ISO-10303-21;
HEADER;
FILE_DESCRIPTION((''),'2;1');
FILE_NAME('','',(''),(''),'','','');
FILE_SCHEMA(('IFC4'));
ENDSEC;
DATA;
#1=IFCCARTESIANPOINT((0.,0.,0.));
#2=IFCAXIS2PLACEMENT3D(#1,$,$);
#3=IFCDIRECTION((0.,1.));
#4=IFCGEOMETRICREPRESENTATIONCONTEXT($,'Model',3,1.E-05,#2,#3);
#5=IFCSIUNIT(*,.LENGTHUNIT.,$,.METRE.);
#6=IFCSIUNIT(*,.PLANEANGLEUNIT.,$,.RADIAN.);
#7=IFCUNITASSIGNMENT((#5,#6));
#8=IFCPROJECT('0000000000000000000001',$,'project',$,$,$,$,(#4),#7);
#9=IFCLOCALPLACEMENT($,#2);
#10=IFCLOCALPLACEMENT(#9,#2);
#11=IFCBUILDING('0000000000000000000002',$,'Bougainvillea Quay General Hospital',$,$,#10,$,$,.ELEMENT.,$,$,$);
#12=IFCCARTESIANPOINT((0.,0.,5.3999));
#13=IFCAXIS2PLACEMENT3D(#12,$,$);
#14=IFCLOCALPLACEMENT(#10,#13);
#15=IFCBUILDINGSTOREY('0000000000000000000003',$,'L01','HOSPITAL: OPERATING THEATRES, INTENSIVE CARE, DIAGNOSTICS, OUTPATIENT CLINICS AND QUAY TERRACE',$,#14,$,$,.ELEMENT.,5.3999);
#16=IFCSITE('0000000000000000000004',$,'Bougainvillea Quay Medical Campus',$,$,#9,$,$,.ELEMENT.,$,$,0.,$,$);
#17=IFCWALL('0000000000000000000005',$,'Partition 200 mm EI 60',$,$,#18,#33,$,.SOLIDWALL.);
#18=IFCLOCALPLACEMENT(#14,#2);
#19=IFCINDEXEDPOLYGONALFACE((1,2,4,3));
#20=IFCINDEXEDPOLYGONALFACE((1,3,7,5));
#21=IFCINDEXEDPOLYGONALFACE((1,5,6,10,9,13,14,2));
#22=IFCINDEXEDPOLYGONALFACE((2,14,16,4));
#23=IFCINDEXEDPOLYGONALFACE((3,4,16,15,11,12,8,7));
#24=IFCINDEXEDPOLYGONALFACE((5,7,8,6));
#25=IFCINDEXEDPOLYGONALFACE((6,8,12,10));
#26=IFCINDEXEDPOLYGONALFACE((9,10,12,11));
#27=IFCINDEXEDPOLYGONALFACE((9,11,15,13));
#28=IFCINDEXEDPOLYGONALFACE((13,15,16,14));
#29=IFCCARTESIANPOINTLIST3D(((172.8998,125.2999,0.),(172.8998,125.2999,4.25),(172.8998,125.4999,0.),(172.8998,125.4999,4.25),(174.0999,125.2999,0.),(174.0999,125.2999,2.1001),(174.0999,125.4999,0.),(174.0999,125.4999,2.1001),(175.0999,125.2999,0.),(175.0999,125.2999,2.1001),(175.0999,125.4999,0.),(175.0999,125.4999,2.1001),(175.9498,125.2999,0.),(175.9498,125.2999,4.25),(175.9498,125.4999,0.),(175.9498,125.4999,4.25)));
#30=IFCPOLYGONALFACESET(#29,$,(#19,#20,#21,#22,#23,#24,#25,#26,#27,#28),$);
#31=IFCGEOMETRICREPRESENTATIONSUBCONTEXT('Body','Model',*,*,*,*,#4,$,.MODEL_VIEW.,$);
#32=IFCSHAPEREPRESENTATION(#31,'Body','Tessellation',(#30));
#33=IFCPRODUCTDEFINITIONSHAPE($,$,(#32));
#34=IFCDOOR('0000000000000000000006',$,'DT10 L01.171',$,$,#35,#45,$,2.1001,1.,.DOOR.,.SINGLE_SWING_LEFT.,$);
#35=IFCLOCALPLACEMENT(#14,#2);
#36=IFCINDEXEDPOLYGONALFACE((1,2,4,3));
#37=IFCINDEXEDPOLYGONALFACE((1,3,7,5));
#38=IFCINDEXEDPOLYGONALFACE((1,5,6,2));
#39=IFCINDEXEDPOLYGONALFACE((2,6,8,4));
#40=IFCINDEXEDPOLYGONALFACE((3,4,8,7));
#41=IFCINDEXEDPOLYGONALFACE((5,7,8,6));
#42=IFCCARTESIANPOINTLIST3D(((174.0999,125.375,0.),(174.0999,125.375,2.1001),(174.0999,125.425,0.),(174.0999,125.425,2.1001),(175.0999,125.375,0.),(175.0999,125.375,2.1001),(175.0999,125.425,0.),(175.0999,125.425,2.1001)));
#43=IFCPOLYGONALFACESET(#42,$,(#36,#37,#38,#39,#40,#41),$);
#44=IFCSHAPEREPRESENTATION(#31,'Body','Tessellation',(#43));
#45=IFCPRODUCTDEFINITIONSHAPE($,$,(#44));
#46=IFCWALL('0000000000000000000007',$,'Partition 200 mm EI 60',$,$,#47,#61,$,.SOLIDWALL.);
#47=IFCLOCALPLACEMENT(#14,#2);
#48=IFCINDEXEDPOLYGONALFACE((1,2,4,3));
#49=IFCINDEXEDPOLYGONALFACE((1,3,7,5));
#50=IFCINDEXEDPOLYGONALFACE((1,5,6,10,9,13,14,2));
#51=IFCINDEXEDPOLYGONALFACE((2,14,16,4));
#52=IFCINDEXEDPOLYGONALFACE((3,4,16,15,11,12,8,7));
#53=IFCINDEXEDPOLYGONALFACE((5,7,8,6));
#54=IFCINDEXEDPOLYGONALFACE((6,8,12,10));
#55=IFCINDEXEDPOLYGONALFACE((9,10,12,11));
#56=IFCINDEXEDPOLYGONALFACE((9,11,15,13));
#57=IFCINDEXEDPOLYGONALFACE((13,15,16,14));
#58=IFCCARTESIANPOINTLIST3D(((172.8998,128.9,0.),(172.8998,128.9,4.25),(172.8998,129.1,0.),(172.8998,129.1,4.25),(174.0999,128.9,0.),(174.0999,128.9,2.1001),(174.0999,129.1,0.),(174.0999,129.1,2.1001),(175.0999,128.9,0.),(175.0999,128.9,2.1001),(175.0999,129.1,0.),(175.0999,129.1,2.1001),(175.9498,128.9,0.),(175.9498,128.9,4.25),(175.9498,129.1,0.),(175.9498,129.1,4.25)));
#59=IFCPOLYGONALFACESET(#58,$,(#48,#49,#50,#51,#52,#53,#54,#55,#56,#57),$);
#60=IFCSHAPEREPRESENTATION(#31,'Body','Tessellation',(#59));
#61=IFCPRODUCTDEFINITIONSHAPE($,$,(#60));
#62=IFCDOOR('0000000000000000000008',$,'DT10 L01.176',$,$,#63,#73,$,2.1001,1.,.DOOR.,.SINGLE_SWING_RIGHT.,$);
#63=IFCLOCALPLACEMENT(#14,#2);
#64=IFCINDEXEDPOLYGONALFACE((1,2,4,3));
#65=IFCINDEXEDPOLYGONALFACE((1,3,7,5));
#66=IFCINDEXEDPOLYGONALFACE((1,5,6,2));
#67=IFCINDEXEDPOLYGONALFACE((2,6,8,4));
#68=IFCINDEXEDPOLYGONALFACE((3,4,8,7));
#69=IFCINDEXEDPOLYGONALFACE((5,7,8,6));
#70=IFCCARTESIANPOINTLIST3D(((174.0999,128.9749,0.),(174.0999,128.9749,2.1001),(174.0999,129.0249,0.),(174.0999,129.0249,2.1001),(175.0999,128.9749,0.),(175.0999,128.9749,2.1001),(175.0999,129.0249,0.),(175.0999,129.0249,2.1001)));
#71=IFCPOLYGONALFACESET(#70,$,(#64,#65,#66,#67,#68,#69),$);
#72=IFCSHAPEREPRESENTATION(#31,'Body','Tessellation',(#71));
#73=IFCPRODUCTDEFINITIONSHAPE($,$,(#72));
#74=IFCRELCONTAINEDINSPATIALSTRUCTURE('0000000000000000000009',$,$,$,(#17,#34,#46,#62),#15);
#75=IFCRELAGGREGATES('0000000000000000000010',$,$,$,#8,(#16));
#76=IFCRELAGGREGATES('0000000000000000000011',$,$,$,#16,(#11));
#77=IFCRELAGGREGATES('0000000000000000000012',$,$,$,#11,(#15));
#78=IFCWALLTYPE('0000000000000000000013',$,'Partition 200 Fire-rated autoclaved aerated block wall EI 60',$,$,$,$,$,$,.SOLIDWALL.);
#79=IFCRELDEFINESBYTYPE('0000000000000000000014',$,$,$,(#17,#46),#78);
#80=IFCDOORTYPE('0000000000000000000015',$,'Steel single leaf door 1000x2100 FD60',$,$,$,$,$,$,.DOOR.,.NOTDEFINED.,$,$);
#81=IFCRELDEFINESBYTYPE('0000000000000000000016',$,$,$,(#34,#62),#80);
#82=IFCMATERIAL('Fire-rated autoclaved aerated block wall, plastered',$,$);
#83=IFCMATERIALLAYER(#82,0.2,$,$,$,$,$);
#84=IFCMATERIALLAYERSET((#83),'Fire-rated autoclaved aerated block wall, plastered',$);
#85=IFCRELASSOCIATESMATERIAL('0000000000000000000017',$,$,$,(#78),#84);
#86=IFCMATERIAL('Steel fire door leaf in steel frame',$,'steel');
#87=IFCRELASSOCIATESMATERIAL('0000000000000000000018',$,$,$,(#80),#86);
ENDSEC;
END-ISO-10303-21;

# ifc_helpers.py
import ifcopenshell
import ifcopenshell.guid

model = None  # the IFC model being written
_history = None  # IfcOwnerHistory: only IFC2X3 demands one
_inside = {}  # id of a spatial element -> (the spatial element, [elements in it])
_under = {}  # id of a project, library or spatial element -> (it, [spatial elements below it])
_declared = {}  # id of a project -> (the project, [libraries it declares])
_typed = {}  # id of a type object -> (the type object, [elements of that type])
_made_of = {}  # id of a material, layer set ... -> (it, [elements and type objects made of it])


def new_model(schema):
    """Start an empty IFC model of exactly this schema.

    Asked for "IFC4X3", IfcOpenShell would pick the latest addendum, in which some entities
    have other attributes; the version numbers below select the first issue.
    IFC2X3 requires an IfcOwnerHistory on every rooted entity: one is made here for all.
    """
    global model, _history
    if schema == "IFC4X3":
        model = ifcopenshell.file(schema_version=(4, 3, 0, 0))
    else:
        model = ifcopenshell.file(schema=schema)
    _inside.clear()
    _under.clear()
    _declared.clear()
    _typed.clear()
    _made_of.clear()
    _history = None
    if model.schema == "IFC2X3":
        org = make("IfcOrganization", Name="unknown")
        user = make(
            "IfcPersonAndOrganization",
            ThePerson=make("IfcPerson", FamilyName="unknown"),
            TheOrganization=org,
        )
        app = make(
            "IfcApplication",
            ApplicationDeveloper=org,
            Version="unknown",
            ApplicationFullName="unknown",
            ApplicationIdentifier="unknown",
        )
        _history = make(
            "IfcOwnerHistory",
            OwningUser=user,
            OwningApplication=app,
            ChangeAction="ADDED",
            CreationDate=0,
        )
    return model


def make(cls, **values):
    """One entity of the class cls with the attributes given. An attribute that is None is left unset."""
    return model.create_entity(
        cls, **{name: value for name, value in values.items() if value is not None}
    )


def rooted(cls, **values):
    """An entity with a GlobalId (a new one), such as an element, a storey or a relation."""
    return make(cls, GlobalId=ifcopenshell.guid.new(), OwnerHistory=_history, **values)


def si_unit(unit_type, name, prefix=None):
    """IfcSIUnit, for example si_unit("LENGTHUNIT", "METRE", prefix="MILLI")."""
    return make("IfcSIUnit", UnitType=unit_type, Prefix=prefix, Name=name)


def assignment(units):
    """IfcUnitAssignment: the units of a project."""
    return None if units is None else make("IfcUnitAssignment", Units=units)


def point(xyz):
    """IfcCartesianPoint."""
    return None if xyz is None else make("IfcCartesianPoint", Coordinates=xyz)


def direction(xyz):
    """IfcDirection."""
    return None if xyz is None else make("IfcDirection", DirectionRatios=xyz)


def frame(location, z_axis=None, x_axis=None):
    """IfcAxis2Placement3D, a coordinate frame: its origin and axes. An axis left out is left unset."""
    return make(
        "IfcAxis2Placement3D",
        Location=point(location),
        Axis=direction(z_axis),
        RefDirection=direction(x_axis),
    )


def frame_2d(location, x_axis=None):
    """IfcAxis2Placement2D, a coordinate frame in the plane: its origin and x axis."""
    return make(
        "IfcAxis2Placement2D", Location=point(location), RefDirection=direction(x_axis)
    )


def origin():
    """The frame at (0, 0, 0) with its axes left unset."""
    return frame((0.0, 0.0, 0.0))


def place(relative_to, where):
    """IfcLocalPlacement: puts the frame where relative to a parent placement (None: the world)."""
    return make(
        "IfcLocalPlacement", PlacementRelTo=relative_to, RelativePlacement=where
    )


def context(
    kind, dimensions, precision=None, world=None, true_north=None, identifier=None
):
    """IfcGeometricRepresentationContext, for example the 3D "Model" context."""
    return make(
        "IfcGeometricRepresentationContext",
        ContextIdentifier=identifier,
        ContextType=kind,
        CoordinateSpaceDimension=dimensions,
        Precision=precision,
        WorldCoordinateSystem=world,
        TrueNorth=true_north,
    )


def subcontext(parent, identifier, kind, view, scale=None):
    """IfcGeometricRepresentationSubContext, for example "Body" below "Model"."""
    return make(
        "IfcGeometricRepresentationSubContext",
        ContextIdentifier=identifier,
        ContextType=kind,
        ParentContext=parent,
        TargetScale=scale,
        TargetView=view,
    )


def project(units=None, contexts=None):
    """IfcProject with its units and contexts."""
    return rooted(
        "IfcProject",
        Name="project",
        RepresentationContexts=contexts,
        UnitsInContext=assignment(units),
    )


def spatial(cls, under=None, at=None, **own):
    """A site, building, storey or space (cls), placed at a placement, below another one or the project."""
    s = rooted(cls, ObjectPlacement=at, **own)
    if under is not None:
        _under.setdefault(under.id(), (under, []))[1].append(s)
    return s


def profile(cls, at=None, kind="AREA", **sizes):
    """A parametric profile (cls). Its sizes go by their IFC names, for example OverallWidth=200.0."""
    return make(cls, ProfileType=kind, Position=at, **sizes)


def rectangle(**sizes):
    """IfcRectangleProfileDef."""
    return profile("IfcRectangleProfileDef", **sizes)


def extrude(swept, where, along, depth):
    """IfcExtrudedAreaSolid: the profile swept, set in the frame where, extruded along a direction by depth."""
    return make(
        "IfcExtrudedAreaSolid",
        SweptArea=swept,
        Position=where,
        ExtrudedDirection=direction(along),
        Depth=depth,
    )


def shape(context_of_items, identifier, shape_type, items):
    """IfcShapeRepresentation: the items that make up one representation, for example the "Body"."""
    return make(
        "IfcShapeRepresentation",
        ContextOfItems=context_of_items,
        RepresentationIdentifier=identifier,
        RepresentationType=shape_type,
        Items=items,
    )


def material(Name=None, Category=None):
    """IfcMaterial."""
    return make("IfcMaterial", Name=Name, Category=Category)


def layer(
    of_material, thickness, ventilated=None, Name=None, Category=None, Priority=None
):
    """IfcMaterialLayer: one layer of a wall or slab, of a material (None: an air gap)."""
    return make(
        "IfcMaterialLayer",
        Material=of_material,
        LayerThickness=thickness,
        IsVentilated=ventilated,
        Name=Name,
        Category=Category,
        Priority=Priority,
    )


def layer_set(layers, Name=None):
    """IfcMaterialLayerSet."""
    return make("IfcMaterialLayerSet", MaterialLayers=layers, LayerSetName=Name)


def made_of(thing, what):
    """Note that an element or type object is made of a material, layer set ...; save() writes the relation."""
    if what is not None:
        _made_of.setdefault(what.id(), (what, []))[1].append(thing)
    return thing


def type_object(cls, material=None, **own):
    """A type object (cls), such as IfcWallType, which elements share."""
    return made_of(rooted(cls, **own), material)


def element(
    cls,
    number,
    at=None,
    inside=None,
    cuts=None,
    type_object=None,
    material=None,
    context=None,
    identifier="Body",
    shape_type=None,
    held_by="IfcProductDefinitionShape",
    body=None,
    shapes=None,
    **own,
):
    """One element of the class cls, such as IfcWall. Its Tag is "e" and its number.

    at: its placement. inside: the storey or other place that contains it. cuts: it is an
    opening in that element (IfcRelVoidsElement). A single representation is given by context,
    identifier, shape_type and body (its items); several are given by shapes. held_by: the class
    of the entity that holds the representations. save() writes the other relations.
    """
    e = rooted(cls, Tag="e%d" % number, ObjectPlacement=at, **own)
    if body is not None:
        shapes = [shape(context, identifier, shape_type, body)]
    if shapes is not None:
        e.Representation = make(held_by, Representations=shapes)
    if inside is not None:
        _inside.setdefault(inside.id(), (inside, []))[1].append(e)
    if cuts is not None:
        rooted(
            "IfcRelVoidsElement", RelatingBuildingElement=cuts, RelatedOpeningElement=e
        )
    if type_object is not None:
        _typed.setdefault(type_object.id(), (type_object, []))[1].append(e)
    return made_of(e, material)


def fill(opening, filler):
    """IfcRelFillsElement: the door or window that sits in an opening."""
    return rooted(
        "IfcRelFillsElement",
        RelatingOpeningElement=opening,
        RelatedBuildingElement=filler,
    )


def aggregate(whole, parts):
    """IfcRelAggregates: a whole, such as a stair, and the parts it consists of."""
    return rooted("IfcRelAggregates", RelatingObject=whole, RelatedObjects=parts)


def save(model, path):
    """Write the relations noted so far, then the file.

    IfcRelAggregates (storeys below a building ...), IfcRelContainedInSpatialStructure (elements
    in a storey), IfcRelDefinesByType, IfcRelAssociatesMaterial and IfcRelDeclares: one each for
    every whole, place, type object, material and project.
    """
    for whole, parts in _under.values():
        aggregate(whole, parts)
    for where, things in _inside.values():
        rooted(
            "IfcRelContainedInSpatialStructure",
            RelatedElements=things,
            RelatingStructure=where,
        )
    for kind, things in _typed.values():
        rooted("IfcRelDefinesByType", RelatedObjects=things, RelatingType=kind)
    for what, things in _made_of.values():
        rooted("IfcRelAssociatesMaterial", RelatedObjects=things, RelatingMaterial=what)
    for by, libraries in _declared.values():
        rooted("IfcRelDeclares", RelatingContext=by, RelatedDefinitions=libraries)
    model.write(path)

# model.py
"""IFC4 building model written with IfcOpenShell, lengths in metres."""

from ifc_helpers import new_model, si_unit, direction, frame, frame_2d, origin, place, context, subcontext, project, spatial, rectangle, extrude, material, layer, layer_set, type_object, element, fill, save


model = new_model("IFC4")

# Units and contexts
model_context = context("Model", 3, precision=1e-05, world=origin(), true_north=direction((0.0, 1.0)))
body_context = subcontext(model_context, "Body", "Model", "MODEL_VIEW")
ifc_project = project(units=[si_unit("LENGTHUNIT", "METRE"), si_unit("PLANEANGLEUNIT", "RADIAN")], contexts=[model_context])

# Site, building, storey
site_placement = place(None, origin())
site = spatial("IfcSite", under=ifc_project, at=site_placement, Name="Bougainvillea Quay Medical Campus", CompositionType="ELEMENT", RefElevation=0.0)
building_placement = place(site_placement, origin())
building = spatial("IfcBuilding", under=site, at=building_placement, Name="Bougainvillea Quay General Hospital", CompositionType="ELEMENT")
storey_placement = place(building_placement, frame((0.0, 0.0, 5.3999)))
storey = spatial("IfcBuildingStorey", under=building, at=storey_placement, Name="L01", Description="HOSPITAL: OPERATING THEATRES, INTENSIVE CARE, DIAGNOSTICS, OUTPATIENT CLINICS AND QUAY TERRACE", CompositionType="ELEMENT", Elevation=5.3999)

# Shared definitions
ifc_material_1 = material(Name="Fire-rated autoclaved aerated block wall, plastered")
ifc_layer_1 = layer(ifc_material_1, 0.2)
ifc_layer_set_1 = layer_set([ifc_layer_1], Name="Fire-rated autoclaved aerated block wall, plastered")
wall_type_1 = type_object("IfcWallType", Name="Partition 200 Fire-rated autoclaved aerated block wall EI 60", PredefinedType="SOLIDWALL", material=ifc_layer_set_1)

# Walls, openings, doors
wall_1_placement = place(storey_placement, frame((172.8999, 125.3999, 0.0), z_axis=(0.0, 0.0, 1.0), x_axis=(1.0, 0.0, 0.0)))
wall_1 = element("IfcWall", 1, at=wall_1_placement, inside=storey, type_object=wall_type_1, Name="Partition 200 mm EI 60", PredefinedType="SOLIDWALL", context=body_context, shape_type="SweptSolid", body=[
    extrude(rectangle(XDim=3.05, YDim=0.2, at=frame_2d((1.5249, 0.0))), origin(), (0.0, 0.0, 1.0), 4.25),
])
opening_1_placement = place(wall_1_placement, frame((1.2, 0.0, 0.0)))
opening_1 = element("IfcOpeningElement", 2, at=opening_1_placement, cuts=wall_1, PredefinedType="OPENING", context=body_context, shape_type="SweptSolid", body=[
    extrude(rectangle(XDim=1.0, YDim=2.1001, at=frame_2d((0.5, 1.05))), frame((0.0, 0.1099, 0.0), z_axis=(0.0, -1.0, 0.0), x_axis=(1.0, 0.0, 0.0)), (0.0, 0.0, 1.0), 0.22),
])
ifc_material_2 = material(Name="Steel fire door leaf in steel frame", Category="steel")
door_type_1 = type_object("IfcDoorType", Name="Steel single leaf door 1000x2100 FD60", OperationType="NOTDEFINED", PredefinedType="DOOR", material=ifc_material_2)
door_1_placement = place(opening_1_placement, frame((1.0, 0.0, 0.0), z_axis=(0.0, 0.0, 1.0), x_axis=(-1.0, 0.0, 0.0)))
door_1 = element("IfcDoor", 3, at=door_1_placement, inside=storey, type_object=door_type_1, Name="DT10 L01.171", OperationType="SINGLE_SWING_LEFT", OverallHeight=2.1001, OverallWidth=1.0, PredefinedType="DOOR", context=body_context, shape_type="SweptSolid", body=[
    extrude(rectangle(XDim=1.0, YDim=2.1001, at=frame_2d((0.5, 1.05))), frame((0.0, 0.0249, 0.0), z_axis=(0.0, -1.0, 0.0), x_axis=(1.0, 0.0, 0.0)), (0.0, 0.0, 1.0), 0.05),
])
fill(opening_1, door_1)
wall_2_placement = place(storey_placement, frame((172.8999, 129.0, 0.0), z_axis=(0.0, 0.0, 1.0), x_axis=(1.0, 0.0, 0.0)))
wall_2 = element("IfcWall", 4, at=wall_2_placement, inside=storey, type_object=wall_type_1, Name="Partition 200 mm EI 60", PredefinedType="SOLIDWALL", context=body_context, shape_type="SweptSolid", body=[
    extrude(rectangle(XDim=3.05, YDim=0.2, at=frame_2d((1.5249, 0.0))), origin(), (0.0, 0.0, 1.0), 4.25),
])
opening_2_placement = place(wall_2_placement, frame((1.2, 0.0, 0.0)))
opening_2 = element("IfcOpeningElement", 5, at=opening_2_placement, cuts=wall_2, PredefinedType="OPENING", context=body_context, shape_type="SweptSolid", body=[
    extrude(rectangle(XDim=1.0, YDim=2.1001, at=frame_2d((0.5, 1.05))), frame((0.0, 0.1099, 0.0), z_axis=(0.0, -1.0, 0.0), x_axis=(1.0, 0.0, 0.0)), (0.0, 0.0, 1.0), 0.22),
])
door_2_placement = place(opening_2_placement, origin())
door_2 = element("IfcDoor", 6, at=door_2_placement, inside=storey, type_object=door_type_1, Name="DT10 L01.176", OperationType="SINGLE_SWING_RIGHT", OverallHeight=2.1001, OverallWidth=1.0, PredefinedType="DOOR", context=body_context, shape_type="SweptSolid", body=[
    extrude(rectangle(XDim=1.0, YDim=2.1001, at=frame_2d((0.5, 1.05))), frame((0.0, 0.0249, 0.0), z_axis=(0.0, -1.0, 0.0), x_axis=(1.0, 0.0, 0.0)), (0.0, 0.0, 1.0), 0.05),
])
fill(opening_2, door_2)

save(model, "model.ifc")
